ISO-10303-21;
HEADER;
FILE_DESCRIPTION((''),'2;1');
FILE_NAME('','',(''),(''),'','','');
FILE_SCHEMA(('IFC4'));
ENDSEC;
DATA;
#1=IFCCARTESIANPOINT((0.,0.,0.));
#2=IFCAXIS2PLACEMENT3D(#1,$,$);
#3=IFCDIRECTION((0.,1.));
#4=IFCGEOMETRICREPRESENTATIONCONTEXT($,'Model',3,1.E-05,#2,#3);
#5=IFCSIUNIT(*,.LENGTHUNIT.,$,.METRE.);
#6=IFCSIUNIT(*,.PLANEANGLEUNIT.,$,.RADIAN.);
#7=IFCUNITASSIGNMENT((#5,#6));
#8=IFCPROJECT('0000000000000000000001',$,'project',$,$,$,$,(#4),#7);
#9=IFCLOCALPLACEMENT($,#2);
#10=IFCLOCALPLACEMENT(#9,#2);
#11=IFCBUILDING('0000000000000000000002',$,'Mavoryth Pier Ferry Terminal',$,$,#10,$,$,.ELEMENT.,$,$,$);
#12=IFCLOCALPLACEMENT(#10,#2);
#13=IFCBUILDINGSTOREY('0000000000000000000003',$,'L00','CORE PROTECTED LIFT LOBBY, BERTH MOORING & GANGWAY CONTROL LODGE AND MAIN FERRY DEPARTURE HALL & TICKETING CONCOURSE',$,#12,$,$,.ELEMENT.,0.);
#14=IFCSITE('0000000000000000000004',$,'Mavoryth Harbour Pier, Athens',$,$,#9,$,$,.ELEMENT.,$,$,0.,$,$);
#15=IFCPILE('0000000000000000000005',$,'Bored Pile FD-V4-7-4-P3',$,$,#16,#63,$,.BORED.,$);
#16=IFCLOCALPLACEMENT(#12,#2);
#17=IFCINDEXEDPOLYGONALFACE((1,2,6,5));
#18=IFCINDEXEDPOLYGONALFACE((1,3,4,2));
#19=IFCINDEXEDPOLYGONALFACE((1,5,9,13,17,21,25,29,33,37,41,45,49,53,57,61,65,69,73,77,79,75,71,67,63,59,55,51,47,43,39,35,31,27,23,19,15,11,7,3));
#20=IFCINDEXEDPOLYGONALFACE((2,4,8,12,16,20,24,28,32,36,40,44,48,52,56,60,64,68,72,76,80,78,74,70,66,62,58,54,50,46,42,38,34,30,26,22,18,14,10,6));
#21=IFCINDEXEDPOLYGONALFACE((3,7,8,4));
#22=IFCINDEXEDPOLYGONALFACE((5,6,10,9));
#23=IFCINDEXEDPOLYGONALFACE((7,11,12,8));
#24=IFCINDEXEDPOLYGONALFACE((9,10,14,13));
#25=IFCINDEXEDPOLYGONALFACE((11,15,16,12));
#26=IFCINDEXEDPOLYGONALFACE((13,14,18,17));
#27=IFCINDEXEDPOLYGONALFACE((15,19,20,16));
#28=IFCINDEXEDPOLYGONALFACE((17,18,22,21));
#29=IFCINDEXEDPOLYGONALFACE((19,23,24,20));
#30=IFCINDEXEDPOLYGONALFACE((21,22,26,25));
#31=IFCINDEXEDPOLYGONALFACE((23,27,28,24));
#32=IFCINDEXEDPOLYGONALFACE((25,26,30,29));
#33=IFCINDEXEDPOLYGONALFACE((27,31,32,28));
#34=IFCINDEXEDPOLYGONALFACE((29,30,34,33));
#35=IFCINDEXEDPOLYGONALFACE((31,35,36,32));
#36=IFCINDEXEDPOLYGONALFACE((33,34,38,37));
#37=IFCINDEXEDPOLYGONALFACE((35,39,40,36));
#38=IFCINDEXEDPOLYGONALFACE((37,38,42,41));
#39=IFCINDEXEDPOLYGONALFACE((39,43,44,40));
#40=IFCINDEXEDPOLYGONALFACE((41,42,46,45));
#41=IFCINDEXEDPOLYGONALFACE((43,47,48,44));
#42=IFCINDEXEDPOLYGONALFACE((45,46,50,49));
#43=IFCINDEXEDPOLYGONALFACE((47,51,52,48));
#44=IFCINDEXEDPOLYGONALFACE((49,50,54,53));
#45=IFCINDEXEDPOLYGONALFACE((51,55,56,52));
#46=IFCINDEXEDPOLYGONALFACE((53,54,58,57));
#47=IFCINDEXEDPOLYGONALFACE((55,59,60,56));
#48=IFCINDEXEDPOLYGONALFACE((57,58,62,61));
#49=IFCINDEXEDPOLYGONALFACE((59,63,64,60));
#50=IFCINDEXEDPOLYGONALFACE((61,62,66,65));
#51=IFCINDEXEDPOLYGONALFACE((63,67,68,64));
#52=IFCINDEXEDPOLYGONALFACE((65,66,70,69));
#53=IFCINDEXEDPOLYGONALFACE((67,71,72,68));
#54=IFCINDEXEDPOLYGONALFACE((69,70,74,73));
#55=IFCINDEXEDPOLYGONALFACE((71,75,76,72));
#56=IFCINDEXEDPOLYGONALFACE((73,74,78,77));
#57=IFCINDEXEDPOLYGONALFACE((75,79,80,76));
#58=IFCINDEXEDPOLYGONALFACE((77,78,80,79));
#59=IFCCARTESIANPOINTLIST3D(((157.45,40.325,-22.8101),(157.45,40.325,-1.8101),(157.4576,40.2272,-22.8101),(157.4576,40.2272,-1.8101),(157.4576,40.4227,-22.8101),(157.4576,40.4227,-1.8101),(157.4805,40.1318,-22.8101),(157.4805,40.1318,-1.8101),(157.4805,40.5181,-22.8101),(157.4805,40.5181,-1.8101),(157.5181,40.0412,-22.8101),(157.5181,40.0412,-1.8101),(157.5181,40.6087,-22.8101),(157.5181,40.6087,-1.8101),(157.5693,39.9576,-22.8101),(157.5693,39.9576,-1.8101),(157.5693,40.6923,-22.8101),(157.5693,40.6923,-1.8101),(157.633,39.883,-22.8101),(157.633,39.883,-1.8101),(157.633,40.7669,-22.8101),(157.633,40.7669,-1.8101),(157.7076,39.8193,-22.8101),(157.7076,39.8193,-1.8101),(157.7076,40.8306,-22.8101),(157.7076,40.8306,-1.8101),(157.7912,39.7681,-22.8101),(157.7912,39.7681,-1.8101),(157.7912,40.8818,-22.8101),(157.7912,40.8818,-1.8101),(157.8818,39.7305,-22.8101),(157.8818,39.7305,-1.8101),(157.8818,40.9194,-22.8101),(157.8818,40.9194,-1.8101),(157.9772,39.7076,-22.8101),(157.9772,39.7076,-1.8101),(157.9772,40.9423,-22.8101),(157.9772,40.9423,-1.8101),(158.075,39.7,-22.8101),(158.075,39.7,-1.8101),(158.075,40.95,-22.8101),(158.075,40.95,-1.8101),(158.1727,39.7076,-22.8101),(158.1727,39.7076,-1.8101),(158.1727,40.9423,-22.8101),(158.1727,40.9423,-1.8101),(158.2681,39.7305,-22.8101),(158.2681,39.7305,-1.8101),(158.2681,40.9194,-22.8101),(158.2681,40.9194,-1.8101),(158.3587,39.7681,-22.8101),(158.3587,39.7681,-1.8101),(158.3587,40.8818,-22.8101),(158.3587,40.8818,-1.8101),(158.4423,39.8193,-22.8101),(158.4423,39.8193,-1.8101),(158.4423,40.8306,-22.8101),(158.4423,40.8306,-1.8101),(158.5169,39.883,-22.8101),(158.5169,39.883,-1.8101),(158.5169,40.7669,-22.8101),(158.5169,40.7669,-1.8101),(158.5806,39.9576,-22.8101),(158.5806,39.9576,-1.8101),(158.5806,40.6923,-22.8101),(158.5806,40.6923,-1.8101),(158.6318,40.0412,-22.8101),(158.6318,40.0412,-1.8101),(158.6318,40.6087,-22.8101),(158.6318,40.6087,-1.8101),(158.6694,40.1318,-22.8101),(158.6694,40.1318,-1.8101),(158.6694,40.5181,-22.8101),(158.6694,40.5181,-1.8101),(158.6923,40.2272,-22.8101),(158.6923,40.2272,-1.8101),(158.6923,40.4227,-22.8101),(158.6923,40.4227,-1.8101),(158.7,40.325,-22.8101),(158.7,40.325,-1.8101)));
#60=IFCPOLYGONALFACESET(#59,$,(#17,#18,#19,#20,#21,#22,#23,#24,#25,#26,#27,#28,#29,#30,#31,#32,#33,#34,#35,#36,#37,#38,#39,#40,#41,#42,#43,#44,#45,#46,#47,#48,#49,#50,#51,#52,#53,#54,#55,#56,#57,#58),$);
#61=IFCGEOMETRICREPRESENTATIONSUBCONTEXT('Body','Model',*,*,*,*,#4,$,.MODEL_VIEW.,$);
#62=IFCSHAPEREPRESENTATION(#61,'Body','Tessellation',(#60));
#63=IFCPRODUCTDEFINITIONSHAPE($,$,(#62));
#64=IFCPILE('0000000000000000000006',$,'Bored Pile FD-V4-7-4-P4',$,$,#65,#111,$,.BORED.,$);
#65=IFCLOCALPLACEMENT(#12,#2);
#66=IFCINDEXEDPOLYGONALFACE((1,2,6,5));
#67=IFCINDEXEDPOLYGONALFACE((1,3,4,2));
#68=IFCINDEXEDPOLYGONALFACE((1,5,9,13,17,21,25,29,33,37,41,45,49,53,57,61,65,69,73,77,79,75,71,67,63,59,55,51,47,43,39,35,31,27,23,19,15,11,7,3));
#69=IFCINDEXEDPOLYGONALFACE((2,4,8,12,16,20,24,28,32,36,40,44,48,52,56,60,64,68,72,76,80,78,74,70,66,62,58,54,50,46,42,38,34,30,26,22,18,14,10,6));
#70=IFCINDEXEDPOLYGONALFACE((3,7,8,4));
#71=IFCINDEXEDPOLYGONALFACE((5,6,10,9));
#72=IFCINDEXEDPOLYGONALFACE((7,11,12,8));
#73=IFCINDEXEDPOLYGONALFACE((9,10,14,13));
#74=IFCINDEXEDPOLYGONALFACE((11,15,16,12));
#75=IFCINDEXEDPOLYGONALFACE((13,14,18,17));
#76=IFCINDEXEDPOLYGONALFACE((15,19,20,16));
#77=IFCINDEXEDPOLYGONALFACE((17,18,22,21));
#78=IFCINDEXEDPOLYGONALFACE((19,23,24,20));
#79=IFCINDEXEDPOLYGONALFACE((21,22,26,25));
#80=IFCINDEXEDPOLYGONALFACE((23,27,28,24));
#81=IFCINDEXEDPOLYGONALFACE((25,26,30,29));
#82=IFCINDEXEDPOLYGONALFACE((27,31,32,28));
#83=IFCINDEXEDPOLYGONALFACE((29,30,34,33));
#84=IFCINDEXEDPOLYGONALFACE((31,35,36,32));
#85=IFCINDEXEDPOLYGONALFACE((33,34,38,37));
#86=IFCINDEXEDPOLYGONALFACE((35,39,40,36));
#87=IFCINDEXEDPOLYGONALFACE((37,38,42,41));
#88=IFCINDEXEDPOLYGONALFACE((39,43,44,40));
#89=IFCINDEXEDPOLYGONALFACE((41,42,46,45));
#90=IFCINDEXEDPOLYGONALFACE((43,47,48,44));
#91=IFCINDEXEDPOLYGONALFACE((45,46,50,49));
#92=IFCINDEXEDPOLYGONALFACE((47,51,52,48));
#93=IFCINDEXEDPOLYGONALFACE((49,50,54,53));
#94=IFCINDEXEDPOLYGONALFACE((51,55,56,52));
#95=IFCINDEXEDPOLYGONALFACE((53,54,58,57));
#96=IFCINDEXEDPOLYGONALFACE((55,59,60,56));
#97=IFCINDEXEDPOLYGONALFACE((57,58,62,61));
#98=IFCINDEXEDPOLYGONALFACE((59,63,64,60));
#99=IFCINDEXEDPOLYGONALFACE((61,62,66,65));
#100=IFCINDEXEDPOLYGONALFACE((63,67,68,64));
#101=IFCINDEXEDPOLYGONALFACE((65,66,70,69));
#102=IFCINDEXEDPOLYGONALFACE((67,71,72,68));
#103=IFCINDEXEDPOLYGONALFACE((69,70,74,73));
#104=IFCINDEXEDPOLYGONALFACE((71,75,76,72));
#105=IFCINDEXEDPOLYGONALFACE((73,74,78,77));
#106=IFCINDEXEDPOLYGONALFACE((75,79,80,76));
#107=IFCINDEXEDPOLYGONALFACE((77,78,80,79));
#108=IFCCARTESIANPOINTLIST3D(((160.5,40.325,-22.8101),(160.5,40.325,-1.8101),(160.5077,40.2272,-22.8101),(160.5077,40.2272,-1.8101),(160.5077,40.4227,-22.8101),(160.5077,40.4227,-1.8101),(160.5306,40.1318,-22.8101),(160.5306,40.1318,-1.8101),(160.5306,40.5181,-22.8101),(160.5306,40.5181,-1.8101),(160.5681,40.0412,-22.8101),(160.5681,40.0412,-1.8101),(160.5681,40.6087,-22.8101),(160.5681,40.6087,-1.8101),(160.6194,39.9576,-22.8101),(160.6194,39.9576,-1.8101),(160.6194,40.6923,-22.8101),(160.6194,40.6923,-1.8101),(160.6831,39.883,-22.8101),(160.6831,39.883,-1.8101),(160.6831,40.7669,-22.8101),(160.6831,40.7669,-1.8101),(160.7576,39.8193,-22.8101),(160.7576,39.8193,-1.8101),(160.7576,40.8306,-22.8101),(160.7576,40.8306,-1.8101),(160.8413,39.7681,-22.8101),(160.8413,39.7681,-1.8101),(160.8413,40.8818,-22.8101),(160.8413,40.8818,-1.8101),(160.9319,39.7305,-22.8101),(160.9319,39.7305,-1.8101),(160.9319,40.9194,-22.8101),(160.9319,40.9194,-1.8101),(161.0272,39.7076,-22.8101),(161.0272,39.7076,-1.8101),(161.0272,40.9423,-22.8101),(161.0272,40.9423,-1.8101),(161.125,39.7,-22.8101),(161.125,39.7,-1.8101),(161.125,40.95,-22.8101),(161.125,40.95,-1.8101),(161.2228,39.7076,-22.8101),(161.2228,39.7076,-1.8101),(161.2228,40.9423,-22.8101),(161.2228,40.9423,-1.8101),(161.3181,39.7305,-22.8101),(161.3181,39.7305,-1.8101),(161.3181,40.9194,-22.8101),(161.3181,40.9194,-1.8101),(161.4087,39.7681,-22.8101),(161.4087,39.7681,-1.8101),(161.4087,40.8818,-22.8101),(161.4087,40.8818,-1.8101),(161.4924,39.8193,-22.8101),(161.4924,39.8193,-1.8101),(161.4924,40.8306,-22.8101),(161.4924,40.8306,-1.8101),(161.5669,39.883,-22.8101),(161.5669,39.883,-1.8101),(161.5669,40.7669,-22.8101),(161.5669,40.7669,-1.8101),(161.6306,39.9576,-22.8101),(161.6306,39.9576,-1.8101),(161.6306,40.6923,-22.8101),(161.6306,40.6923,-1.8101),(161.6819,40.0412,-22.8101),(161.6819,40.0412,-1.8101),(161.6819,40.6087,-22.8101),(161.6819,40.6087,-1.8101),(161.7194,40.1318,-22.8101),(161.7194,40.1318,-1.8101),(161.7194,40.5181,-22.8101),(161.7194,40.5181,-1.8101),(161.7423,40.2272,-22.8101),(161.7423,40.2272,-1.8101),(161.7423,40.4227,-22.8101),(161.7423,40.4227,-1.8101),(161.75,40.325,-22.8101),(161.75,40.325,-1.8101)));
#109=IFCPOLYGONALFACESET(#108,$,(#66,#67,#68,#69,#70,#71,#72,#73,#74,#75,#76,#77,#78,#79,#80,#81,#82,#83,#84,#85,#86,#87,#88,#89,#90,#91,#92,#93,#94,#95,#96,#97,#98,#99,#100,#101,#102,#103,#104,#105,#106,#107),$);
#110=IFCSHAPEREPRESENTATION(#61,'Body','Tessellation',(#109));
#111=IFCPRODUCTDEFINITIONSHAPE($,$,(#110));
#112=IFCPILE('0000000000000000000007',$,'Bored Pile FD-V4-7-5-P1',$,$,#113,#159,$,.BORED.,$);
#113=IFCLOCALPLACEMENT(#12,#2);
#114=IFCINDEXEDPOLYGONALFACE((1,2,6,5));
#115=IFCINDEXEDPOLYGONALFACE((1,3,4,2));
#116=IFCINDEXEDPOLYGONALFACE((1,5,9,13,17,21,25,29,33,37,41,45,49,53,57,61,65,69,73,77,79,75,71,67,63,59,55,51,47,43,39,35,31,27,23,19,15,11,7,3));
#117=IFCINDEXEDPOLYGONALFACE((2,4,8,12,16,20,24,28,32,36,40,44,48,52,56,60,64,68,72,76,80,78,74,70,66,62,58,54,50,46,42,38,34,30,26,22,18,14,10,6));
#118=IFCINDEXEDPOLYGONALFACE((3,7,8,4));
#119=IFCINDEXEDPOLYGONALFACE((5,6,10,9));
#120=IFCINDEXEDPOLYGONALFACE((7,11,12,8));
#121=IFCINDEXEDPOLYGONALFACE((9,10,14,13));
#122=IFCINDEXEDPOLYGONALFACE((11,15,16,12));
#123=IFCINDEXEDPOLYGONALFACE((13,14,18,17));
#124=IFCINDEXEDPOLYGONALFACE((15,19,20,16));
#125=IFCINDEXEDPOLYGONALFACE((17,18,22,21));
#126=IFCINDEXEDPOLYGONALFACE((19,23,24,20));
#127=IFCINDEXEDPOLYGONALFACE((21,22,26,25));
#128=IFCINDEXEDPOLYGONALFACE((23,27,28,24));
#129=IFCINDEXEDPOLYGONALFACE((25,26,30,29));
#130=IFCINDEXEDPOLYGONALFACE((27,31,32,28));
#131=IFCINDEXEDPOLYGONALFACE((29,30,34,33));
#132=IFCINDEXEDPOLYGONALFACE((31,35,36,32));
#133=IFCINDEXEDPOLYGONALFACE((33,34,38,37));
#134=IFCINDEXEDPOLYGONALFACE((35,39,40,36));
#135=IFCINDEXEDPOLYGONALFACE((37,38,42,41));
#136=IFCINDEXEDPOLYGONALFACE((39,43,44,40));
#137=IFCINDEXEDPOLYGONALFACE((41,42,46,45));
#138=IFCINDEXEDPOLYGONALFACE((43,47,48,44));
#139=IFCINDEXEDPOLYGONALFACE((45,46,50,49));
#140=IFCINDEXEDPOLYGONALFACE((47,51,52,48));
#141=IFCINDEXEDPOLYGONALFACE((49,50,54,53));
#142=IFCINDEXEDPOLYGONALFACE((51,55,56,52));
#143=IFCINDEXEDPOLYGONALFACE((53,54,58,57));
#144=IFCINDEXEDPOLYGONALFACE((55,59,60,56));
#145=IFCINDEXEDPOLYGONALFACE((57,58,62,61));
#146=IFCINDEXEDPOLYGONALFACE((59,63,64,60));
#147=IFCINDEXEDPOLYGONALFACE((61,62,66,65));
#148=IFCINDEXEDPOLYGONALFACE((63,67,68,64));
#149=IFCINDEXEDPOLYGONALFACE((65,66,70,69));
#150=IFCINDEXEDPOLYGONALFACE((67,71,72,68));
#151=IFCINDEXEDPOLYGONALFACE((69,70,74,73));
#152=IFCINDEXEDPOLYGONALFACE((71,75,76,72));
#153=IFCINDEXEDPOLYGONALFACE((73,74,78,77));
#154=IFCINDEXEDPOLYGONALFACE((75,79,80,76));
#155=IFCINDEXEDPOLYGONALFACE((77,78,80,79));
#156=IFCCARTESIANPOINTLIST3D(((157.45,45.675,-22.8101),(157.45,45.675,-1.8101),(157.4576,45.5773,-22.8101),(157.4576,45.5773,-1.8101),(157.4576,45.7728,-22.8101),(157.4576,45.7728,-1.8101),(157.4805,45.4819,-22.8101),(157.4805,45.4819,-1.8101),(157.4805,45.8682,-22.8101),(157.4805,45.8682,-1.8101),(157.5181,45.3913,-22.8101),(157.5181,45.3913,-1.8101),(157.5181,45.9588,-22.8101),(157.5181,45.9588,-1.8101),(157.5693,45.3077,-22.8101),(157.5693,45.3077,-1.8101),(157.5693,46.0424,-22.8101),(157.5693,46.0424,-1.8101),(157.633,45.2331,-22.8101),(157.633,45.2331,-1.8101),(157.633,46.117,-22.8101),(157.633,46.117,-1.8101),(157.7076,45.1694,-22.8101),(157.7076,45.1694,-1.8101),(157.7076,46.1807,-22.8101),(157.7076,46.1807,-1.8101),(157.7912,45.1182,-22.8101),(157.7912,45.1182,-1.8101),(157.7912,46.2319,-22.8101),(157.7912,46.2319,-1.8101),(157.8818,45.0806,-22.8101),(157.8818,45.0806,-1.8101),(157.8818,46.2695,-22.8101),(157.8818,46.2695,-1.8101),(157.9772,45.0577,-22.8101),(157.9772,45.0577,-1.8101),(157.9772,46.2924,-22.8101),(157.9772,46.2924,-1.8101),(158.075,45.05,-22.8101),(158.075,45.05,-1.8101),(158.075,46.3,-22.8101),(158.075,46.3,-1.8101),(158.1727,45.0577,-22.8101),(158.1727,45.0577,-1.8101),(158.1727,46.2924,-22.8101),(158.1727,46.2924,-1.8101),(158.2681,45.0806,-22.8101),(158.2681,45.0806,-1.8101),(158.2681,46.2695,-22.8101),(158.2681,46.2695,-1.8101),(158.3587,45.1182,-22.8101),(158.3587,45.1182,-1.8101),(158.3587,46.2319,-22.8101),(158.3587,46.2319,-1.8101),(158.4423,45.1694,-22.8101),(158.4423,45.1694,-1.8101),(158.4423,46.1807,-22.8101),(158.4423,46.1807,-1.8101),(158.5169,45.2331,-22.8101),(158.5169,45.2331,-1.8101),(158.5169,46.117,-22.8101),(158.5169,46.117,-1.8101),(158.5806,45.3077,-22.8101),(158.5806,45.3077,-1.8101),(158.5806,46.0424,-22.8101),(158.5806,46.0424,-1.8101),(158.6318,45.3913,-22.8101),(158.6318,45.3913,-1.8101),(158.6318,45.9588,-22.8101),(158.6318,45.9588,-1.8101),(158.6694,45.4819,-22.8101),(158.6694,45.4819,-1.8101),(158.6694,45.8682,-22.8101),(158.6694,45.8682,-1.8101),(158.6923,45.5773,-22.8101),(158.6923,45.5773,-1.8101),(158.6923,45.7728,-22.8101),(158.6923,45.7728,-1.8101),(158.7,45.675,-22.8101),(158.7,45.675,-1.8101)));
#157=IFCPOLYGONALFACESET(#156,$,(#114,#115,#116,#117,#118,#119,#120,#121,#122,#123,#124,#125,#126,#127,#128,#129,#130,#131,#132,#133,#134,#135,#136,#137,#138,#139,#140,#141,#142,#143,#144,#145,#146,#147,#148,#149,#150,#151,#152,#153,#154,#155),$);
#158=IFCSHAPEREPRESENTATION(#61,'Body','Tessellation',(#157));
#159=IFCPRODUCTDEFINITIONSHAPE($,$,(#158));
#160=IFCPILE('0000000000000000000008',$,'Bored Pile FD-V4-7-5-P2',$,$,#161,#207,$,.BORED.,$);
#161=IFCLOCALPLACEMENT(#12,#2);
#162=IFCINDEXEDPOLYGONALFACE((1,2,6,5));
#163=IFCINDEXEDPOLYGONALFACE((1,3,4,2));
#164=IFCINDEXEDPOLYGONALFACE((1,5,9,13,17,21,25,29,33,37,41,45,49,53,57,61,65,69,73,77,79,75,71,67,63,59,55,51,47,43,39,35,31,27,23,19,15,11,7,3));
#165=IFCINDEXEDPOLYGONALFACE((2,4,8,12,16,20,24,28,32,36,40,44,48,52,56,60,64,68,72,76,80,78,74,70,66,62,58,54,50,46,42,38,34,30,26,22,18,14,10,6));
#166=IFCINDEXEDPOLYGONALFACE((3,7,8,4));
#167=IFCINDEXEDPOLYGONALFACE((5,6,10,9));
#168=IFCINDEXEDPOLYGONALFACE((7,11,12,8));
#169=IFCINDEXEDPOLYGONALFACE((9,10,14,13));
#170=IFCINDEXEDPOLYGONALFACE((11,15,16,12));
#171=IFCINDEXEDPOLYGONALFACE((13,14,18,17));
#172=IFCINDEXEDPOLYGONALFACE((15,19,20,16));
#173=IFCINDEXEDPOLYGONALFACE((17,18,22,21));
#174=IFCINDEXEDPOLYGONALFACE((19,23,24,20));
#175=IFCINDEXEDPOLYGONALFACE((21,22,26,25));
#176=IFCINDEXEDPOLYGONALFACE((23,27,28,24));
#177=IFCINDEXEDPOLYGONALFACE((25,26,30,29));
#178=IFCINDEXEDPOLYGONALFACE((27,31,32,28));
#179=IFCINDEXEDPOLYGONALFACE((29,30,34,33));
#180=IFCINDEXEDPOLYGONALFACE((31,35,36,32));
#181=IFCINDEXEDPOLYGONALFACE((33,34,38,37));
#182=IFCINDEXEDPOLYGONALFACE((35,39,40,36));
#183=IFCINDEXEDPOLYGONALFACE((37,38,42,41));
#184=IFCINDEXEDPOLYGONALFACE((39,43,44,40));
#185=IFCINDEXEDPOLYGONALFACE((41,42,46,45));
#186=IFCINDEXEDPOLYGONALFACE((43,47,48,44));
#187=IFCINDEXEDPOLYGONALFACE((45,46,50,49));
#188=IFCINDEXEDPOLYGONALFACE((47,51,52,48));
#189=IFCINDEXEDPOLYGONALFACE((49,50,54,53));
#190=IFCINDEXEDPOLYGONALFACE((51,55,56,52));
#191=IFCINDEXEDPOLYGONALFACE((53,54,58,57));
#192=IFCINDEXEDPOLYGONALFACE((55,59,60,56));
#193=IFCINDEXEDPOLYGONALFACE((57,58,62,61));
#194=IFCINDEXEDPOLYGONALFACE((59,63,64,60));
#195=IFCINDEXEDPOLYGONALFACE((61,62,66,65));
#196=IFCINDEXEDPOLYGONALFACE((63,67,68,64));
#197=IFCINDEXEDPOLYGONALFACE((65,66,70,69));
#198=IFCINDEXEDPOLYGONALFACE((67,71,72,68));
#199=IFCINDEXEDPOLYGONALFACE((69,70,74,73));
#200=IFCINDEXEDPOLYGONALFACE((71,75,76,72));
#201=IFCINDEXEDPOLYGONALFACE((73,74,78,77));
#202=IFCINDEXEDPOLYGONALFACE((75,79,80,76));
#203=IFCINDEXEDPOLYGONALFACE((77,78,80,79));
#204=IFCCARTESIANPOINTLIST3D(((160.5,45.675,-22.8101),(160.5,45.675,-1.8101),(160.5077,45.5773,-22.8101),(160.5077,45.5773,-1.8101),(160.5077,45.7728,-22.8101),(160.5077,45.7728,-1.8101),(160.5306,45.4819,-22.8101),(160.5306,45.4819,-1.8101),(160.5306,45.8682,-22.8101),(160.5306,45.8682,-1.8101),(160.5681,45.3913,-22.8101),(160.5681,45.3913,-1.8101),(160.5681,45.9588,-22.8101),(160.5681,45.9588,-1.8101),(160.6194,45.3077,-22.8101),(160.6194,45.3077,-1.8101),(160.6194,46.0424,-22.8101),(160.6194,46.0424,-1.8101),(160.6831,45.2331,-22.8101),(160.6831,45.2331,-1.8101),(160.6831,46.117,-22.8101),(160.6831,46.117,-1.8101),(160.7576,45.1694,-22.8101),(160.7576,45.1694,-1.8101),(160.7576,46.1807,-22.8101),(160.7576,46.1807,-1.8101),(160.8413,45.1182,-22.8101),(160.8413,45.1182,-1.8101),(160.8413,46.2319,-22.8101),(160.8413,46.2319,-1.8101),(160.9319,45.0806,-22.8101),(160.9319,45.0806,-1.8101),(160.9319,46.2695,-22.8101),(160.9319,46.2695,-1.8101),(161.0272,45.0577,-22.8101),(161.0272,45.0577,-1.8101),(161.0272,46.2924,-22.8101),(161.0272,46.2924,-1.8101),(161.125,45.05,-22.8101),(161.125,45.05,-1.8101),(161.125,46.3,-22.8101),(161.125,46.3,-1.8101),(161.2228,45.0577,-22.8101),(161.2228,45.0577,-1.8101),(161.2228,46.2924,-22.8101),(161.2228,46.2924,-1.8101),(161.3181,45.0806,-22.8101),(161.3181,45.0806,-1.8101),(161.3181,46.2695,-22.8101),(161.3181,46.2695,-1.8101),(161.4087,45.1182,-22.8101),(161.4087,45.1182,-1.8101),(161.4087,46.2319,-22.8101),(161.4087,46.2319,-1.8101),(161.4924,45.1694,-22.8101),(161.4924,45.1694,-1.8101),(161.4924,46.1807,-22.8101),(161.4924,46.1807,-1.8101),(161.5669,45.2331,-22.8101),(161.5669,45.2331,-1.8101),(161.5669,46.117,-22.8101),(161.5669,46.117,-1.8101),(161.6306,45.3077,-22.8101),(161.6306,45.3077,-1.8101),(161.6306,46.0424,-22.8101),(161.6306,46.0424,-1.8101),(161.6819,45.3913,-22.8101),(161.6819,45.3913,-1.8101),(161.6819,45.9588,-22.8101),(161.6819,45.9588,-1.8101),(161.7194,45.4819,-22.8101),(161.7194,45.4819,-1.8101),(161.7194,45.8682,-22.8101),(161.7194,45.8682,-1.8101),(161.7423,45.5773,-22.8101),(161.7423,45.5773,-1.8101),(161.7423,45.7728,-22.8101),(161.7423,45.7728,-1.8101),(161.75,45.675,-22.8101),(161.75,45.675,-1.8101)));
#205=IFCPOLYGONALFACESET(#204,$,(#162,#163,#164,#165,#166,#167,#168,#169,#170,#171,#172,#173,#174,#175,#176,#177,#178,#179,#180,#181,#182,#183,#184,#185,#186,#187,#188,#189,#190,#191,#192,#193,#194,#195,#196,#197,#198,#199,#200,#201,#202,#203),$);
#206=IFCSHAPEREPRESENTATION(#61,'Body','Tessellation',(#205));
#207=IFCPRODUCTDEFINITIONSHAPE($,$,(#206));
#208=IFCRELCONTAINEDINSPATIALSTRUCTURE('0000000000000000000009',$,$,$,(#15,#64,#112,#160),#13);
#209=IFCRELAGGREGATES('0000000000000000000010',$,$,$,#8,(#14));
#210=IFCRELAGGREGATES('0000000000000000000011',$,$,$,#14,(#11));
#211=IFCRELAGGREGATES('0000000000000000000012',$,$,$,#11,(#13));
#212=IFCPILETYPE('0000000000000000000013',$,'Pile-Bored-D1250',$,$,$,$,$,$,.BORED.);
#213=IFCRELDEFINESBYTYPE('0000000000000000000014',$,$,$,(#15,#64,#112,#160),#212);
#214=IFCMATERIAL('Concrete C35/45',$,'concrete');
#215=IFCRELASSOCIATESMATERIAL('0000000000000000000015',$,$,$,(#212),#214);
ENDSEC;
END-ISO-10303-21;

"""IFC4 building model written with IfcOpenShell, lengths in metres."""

from ifc_helpers import new_model, si_unit, direction, frame, origin, origin_2d, place, context, subcontext, project, spatial, circle, extrude, material, material_profile, profile_set, type_object, element, save


model = new_model("IFC4")

# Units and contexts
model_context = context("Model", 3, precision=1e-05, world=origin(), true_north=direction((0.0, 1.0)))
body_context = subcontext(model_context, "Body", "Model", "MODEL_VIEW")
ifc_project = project(units=[si_unit("LENGTHUNIT", "METRE"), si_unit("PLANEANGLEUNIT", "RADIAN")], contexts=[model_context])

# Site, building, storey
site_placement = place(None, origin())
site = spatial("IfcSite", under=ifc_project, at=site_placement, Name="Mavoryth Harbour Pier, Athens", CompositionType="ELEMENT", RefElevation=0.0)
building_placement = place(site_placement, origin())
building = spatial("IfcBuilding", under=site, at=building_placement, Name="Mavoryth Pier Ferry Terminal", CompositionType="ELEMENT")
storey_placement = place(building_placement, origin())
storey = spatial("IfcBuildingStorey", under=building, at=storey_placement, Name="L00", Description="CORE PROTECTED LIFT LOBBY, BERTH MOORING & GANGWAY CONTROL LODGE AND MAIN FERRY DEPARTURE HALL & TICKETING CONCOURSE", CompositionType="ELEMENT", Elevation=0.0)

# Shared definitions
ifc_material_1 = material(Name="Concrete C35/45", Category="concrete")

# Piles
ifc_material_profile_1 = material_profile(ifc_material_1, circle(Radius=0.625, at=origin_2d()), Name="PILE D1250", Category="concrete")
ifc_profile_set_1 = profile_set([ifc_material_profile_1], Name="Concrete C35/45 - PILE D1250")
pile_type = type_object("IfcPileType", Name="Pile-Bored-D1250", PredefinedType="BORED", material=ifc_profile_set_1)
for number, where, z_axis, x_axis, name in (
    (1, (158.075, 40.325, -1.8101), (0.0, 0.0, -1.0), (1.0, 0.0, 0.0), "Bored Pile FD-V4-7-4-P3"),
    (2, (161.125, 40.325, -1.8101), (0.0, 0.0, -1.0), (1.0, 0.0, 0.0), "Bored Pile FD-V4-7-4-P4"),
    (3, (158.075, 45.675, -1.8101), (0.0, 0.0, -1.0), (1.0, 0.0, 0.0), "Bored Pile FD-V4-7-5-P1"),
    (4, (161.125, 45.675, -1.8101), (0.0, 0.0, -1.0), (1.0, 0.0, 0.0), "Bored Pile FD-V4-7-5-P2"),
):
    element("IfcPile", number, at=place(storey_placement, frame(where, z_axis=z_axis, x_axis=x_axis)), inside=storey, type_object=pile_type, Name=name, PredefinedType="BORED", context=body_context, shape_type="SweptSolid", body=[
        extrude(circle(Radius=0.625, at=origin_2d()), origin(), (0.0, 0.0, 1.0), 21.0),
    ])

save(model, "model.ifc")
